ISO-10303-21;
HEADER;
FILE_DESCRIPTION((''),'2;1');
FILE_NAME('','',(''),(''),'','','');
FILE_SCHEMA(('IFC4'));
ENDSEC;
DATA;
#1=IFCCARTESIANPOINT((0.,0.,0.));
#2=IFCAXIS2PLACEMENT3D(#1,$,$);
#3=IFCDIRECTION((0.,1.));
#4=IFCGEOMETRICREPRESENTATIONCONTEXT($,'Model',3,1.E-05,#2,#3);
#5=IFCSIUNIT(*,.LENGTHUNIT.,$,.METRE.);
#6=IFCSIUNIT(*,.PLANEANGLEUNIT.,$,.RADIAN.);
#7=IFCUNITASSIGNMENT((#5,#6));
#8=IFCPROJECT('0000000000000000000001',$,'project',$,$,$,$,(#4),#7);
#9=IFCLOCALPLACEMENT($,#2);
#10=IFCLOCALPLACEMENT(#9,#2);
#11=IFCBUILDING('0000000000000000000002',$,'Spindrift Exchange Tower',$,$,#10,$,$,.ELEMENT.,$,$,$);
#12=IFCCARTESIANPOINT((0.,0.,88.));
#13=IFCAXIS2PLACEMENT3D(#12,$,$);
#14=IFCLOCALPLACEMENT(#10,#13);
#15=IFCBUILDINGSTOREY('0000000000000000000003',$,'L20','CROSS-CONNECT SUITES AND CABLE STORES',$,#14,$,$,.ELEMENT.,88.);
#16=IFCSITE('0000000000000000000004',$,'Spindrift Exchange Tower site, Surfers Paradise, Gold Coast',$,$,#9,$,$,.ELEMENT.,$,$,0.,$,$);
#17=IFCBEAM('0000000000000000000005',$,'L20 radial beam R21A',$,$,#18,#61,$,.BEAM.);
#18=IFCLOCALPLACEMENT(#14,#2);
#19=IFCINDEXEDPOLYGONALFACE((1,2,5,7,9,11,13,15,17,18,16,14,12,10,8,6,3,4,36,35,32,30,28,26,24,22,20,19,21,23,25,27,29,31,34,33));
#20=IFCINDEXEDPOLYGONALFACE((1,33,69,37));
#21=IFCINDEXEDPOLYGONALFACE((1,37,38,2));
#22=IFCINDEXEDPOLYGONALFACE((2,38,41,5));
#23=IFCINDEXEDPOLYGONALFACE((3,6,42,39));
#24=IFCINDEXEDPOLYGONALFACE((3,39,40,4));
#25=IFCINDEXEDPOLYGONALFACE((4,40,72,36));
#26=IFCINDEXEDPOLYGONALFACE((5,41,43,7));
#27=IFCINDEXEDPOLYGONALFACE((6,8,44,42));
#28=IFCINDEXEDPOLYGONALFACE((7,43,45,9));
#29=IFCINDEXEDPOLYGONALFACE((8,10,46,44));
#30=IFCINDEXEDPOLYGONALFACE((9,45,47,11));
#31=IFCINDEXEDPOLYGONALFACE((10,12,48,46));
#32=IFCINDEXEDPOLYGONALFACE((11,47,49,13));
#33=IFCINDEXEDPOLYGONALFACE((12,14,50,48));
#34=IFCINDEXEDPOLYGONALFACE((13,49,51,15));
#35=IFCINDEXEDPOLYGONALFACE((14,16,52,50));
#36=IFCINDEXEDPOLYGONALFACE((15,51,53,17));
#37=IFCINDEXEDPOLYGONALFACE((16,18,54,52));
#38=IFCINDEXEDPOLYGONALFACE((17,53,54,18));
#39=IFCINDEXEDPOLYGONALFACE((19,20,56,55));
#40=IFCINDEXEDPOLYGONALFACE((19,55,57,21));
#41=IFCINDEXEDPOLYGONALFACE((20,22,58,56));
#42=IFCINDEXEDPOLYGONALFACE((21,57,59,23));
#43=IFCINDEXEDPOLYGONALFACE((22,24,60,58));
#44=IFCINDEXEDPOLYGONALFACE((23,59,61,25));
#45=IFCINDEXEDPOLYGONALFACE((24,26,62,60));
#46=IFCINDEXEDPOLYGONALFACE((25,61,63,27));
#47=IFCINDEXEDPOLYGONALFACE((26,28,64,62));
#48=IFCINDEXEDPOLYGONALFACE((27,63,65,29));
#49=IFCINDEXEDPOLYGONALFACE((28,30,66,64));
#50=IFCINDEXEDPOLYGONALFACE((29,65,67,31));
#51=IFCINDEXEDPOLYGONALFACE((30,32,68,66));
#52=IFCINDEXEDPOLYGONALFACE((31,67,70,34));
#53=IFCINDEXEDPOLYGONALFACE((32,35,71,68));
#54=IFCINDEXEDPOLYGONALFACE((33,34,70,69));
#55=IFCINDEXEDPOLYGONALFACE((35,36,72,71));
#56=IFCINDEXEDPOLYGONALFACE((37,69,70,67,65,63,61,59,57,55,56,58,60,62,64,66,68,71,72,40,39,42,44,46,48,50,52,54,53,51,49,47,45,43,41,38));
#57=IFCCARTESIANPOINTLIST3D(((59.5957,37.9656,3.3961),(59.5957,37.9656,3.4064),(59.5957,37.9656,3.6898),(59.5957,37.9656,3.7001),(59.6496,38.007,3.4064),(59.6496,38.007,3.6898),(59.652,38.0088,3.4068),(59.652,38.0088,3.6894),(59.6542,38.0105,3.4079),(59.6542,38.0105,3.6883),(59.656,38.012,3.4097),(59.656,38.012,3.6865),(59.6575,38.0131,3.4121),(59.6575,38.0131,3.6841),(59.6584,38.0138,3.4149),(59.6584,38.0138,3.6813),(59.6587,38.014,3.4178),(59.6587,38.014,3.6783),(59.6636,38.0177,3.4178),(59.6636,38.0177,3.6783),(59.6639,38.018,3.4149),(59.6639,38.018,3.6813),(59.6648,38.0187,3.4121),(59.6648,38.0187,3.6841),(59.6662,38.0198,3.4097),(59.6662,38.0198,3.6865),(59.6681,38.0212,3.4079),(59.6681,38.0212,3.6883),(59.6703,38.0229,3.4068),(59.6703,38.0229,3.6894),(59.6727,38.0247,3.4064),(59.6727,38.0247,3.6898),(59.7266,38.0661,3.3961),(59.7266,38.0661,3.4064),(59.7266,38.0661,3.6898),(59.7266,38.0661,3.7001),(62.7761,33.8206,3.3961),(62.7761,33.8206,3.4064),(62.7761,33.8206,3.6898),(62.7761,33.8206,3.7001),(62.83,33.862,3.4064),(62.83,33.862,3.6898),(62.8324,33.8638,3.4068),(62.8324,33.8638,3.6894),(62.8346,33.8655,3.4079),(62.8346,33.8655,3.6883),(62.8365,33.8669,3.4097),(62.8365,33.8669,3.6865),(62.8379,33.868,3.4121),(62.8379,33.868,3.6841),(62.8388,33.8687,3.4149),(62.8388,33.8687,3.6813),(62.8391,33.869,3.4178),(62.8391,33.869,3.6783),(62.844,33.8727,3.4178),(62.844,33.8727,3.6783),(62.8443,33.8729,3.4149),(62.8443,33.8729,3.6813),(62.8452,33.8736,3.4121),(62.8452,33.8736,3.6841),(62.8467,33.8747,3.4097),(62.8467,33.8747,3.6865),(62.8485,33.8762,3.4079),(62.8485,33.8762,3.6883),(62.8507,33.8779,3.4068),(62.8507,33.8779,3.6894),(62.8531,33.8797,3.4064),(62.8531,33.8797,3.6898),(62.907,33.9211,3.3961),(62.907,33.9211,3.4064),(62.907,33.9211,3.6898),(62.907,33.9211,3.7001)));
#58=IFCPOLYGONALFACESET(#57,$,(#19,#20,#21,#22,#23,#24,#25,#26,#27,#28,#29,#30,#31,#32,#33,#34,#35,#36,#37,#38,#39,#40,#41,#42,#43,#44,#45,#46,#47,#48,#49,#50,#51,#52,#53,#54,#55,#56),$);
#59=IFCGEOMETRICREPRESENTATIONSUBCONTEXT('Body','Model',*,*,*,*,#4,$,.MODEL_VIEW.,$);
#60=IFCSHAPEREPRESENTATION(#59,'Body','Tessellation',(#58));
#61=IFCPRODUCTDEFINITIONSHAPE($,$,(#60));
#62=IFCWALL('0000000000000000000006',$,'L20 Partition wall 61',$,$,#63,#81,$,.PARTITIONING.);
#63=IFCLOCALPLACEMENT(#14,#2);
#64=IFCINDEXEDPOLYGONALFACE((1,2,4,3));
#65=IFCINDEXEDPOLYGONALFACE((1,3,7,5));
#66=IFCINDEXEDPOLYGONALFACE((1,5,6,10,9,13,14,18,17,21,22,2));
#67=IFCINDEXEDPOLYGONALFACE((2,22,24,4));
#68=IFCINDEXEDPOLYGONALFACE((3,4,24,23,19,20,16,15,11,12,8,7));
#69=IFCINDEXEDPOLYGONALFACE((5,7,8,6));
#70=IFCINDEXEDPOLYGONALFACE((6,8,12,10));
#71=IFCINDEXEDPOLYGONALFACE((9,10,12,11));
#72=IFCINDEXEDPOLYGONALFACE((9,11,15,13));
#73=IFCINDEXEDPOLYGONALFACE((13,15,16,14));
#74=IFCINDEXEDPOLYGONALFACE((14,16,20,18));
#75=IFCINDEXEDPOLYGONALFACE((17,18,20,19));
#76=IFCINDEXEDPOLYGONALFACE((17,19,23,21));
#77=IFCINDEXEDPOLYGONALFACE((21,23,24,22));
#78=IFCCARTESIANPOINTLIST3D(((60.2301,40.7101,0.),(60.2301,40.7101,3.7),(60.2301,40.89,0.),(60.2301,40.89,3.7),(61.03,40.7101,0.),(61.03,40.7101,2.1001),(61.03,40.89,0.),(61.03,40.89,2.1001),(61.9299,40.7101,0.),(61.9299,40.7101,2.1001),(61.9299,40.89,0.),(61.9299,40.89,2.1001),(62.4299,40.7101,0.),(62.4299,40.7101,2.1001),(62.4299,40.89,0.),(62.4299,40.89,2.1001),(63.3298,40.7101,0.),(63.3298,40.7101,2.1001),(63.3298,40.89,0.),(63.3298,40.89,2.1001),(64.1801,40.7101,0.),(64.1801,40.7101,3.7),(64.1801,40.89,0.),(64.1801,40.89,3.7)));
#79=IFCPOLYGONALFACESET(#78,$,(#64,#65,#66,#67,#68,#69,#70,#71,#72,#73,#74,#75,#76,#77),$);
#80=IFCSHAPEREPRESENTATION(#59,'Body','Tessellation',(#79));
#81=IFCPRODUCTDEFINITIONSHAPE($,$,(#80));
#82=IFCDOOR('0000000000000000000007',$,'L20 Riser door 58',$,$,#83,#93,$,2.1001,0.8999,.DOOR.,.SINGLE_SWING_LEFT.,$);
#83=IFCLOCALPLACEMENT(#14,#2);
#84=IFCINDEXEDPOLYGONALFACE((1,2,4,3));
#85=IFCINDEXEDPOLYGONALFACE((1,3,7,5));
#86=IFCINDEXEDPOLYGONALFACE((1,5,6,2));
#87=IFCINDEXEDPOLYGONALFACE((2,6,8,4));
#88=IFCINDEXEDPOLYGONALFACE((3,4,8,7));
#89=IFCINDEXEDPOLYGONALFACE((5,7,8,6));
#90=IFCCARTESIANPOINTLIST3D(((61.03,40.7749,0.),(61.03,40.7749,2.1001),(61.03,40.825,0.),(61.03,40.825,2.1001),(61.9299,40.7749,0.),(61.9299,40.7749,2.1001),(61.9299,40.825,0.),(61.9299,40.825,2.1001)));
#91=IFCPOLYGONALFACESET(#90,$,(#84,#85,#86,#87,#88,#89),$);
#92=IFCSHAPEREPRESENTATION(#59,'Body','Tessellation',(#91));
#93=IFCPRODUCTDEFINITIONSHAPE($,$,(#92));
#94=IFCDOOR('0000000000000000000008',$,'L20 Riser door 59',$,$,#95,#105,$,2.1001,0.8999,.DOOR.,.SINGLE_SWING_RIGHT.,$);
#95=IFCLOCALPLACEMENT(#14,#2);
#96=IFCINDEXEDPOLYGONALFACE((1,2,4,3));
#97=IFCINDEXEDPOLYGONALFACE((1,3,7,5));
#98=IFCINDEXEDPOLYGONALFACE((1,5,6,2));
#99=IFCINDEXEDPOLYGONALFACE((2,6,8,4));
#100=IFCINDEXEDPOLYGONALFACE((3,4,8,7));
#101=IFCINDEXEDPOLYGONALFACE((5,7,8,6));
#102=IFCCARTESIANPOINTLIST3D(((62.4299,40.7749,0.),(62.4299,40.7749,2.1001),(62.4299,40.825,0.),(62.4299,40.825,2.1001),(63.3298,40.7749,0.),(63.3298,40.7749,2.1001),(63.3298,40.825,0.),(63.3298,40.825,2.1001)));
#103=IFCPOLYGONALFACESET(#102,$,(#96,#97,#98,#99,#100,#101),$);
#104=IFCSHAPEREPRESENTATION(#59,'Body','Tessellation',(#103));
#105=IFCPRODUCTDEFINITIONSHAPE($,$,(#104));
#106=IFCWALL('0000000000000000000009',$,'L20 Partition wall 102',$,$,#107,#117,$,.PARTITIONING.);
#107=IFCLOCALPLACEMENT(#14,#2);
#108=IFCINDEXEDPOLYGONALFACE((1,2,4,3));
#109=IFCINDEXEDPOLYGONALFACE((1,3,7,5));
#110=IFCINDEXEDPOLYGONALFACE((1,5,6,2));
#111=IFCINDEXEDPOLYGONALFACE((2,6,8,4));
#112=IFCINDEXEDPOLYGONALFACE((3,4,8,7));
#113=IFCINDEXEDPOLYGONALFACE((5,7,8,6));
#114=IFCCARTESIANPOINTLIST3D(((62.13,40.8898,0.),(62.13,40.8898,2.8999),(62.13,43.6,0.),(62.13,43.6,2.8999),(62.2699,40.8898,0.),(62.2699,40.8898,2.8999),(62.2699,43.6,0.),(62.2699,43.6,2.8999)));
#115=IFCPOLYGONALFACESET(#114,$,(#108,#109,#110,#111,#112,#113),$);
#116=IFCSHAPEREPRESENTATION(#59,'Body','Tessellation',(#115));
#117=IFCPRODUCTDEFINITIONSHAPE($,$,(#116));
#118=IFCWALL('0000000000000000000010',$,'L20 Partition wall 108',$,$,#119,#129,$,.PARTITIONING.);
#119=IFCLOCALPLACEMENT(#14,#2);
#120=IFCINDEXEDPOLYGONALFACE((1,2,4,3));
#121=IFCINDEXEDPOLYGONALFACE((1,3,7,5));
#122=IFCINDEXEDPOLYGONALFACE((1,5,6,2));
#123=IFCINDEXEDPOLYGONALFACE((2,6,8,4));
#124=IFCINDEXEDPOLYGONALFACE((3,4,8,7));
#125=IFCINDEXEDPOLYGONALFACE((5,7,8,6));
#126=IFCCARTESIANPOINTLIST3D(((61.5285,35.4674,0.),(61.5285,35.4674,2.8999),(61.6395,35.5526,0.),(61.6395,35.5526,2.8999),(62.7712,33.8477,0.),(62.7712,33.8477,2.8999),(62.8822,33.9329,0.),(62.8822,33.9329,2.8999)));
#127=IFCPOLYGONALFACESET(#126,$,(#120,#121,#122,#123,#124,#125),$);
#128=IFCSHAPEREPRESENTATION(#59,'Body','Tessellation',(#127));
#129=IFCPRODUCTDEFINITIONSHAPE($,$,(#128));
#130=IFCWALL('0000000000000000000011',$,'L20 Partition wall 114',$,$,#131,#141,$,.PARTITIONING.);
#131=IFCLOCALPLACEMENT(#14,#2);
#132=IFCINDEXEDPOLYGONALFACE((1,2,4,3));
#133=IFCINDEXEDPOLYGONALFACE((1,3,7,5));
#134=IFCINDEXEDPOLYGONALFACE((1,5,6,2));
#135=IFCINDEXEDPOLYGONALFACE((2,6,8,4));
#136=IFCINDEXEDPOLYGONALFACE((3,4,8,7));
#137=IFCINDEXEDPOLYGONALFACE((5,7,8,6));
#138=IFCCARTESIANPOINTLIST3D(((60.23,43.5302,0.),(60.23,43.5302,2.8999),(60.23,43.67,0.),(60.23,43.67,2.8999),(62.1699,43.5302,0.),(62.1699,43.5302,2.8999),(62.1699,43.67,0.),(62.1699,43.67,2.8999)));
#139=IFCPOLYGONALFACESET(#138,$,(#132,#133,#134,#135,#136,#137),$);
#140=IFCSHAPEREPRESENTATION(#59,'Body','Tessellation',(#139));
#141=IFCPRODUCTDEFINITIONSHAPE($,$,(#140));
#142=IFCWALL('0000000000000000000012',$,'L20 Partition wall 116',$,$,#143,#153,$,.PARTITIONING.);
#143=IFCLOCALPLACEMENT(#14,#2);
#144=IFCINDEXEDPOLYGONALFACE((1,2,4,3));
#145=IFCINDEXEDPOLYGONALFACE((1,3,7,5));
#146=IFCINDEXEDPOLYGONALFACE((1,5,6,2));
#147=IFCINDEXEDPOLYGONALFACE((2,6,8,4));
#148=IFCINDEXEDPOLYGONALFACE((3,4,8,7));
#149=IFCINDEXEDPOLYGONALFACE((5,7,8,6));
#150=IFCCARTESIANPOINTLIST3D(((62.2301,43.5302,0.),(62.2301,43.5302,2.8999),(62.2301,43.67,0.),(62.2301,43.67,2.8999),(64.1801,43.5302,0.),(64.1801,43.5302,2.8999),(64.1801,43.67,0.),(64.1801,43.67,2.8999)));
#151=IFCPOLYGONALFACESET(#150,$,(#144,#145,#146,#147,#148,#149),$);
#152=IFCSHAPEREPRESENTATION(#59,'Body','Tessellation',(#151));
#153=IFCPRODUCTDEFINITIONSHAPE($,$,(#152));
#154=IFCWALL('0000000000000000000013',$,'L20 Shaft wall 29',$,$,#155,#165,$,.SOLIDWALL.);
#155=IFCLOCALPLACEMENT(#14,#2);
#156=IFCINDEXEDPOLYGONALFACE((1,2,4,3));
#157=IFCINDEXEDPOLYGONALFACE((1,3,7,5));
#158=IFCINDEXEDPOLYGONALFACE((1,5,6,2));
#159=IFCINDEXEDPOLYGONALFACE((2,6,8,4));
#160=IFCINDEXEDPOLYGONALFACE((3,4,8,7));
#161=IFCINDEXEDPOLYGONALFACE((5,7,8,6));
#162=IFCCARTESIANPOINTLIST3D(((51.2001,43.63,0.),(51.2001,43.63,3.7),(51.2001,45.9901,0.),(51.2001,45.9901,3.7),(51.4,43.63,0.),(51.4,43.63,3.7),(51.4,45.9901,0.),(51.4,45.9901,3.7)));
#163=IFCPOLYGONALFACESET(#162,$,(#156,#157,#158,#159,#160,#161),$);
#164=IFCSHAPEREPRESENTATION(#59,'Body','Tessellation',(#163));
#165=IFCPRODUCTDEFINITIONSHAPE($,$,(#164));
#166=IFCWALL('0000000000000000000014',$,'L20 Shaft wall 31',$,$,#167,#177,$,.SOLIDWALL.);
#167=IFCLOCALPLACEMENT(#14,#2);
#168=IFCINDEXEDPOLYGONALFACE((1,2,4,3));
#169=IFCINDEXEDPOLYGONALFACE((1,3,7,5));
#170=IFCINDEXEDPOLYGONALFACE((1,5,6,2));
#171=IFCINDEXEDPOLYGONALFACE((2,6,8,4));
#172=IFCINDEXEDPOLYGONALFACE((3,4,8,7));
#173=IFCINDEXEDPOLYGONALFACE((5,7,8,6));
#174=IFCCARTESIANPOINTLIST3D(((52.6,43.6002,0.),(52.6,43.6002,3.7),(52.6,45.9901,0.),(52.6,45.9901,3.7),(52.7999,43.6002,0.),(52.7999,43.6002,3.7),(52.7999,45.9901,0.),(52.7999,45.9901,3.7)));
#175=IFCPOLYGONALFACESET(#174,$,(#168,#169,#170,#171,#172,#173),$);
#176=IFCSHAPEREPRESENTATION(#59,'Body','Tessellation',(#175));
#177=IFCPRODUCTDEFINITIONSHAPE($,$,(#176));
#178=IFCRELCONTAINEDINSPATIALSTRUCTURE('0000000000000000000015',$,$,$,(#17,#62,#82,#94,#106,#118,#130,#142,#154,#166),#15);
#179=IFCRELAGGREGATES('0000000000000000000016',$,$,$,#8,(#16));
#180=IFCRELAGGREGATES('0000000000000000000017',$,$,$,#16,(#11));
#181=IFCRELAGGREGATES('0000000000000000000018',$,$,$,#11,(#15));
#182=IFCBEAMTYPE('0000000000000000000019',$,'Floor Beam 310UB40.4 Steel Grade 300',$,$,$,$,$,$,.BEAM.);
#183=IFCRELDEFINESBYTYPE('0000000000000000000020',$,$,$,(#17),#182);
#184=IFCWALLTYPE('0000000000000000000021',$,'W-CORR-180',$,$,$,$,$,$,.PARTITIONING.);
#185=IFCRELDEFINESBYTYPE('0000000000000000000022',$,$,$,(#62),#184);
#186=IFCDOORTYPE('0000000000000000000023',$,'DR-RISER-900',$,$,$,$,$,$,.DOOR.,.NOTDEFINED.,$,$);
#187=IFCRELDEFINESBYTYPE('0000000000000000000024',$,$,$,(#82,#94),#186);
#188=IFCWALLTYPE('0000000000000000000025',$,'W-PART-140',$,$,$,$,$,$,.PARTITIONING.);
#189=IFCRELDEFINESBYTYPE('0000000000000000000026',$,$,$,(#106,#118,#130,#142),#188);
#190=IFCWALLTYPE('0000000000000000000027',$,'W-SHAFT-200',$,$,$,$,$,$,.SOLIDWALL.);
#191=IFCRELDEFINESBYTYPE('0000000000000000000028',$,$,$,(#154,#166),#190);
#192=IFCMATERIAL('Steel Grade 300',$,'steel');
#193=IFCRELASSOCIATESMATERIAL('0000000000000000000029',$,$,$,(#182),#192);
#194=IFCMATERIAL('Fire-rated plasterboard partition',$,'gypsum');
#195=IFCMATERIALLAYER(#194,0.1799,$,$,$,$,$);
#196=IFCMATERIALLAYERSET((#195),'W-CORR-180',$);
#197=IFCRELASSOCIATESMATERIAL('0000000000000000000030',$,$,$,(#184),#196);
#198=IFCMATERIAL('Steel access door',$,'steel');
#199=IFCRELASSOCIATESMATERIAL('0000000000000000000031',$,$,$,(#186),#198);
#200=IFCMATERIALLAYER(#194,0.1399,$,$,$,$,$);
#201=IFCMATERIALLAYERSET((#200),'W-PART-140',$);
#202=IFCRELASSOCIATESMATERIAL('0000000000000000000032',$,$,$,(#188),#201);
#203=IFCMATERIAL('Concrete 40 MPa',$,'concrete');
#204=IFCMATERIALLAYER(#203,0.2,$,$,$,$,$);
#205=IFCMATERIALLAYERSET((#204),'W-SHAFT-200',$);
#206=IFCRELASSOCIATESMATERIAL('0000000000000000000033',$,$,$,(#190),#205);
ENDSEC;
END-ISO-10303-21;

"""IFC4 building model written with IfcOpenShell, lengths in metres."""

from ifc_helpers import new_model, si_unit, direction, frame, frame_2d, origin, origin_2d, place, context, subcontext, project, spatial, rectangle, i_section, extrude, source, transform, mapped, material, layer, layer_set, material_profile, profile_set, type_object, element, fill, save


model = new_model("IFC4")

# Units and contexts
model_context = context("Model", 3, precision=1e-05, world=origin(), true_north=direction((0.0, 1.0)))
body_context = subcontext(model_context, "Body", "Model", "MODEL_VIEW")
ifc_project = project(units=[si_unit("LENGTHUNIT", "METRE"), si_unit("PLANEANGLEUNIT", "RADIAN")], contexts=[model_context])

# Site, building, storey
site_placement = place(None, origin())
site = spatial("IfcSite", under=ifc_project, at=site_placement, Name="Spindrift Exchange Tower site, Surfers Paradise, Gold Coast", CompositionType="ELEMENT", RefElevation=0.0)
building_placement = place(site_placement, origin())
building = spatial("IfcBuilding", under=site, at=building_placement, Name="Spindrift Exchange Tower", CompositionType="ELEMENT")
storey_placement = place(building_placement, frame((0.0, 0.0, 88.0)))
storey = spatial("IfcBuildingStorey", under=building, at=storey_placement, Name="L20", Description="CROSS-CONNECT SUITES AND CABLE STORES", CompositionType="ELEMENT", Elevation=88.0)

# Beam
ifc_material_1 = material(Name="Steel Grade 300", Category="steel")
ifc_material_profile_1 = material_profile(ifc_material_1, i_section(OverallWidth=0.165, OverallDepth=0.304, WebThickness=0.0061, FlangeThickness=0.0103, FilletRadius=0.0115, at=origin_2d()), Name="310UB40.4")
ifc_profile_set_1 = profile_set([ifc_material_profile_1], Name="Steel Grade 300")
beam_type_1 = type_object("IfcBeamType", Name="Floor Beam 310UB40.4 Steel Grade 300", PredefinedType="BEAM", material=ifc_profile_set_1)
shared_shape_1 = source(origin(), body_context, "Body", "SweptSolid", [
    extrude(i_section(OverallWidth=0.165, OverallDepth=0.304, WebThickness=0.0061, FlangeThickness=0.0103, FilletRadius=0.0115, at=origin_2d()), origin(), (0.0, 0.0, 1.0), 5.2246),
])
beam_1_placement = place(storey_placement, frame((59.6611, 38.0159, 3.5481), z_axis=(0.608741, -0.793369, 0.0), x_axis=(0.793369, 0.608741, 0.0)))
element("IfcBeam", 1, at=beam_1_placement, inside=storey, type_object=beam_type_1, Name="L20 radial beam R21A", PredefinedType="BEAM", context=body_context, shape_type="MappedRepresentation", body=[
    mapped(shared_shape_1, transform((0.0, 0.0, 0.0), scale=1.0)),
])

# Wall, openings, doors
ifc_material_2 = material(Name="Fire-rated plasterboard partition", Category="gypsum")
ifc_layer_1 = layer(ifc_material_2, 0.1799)
ifc_layer_set_1 = layer_set([ifc_layer_1], Name="W-CORR-180")
wall_type_1 = type_object("IfcWallType", Name="W-CORR-180", PredefinedType="PARTITIONING", material=ifc_layer_set_1)
wall_1_placement = place(storey_placement, frame((60.23, 40.8, 0.0), z_axis=(0.0, 0.0, 1.0), x_axis=(1.0, 0.0, 0.0)))
wall_1 = element("IfcWall", 2, at=wall_1_placement, inside=storey, type_object=wall_type_1, Name="L20 Partition wall 61", PredefinedType="PARTITIONING", context=body_context, shape_type="SweptSolid", body=[
    extrude(rectangle(XDim=3.95, YDim=0.1799, at=frame_2d((1.9751, 0.0))), origin(), (0.0, 0.0, 1.0), 3.7),
])
opening_1_placement = place(wall_1_placement, frame((0.8, 0.0, 0.0)))
opening_1 = element("IfcOpeningElement", 3, at=opening_1_placement, cuts=wall_1, PredefinedType="OPENING", context=body_context, shape_type="SweptSolid", body=[
    extrude(rectangle(XDim=0.8999, YDim=2.1001, at=frame_2d((0.45, 1.05))), frame((0.0, 0.0999, 0.0), z_axis=(0.0, -1.0, 0.0), x_axis=(1.0, 0.0, 0.0)), (0.0, 0.0, 1.0), 0.2),
])
opening_2_placement = place(wall_1_placement, frame((2.2, 0.0, 0.0)))
opening_2 = element("IfcOpeningElement", 4, at=opening_2_placement, cuts=wall_1, PredefinedType="OPENING", context=body_context, shape_type="SweptSolid", body=[
    extrude(rectangle(XDim=0.8999, YDim=2.1001, at=frame_2d((0.45, 1.05))), frame((0.0, 0.0999, 0.0), z_axis=(0.0, -1.0, 0.0), x_axis=(1.0, 0.0, 0.0)), (0.0, 0.0, 1.0), 0.2),
])
ifc_material_3 = material(Name="Steel access door", Category="steel")
door_type_1 = type_object("IfcDoorType", Name="DR-RISER-900", OperationType="NOTDEFINED", PredefinedType="DOOR", material=ifc_material_3)
shared_shape_2 = source(origin(), body_context, "Body", "SweptSolid", [
    extrude(rectangle(XDim=0.8999, YDim=2.1001, at=frame_2d((0.45, 1.05))), frame((0.0, 0.0249, 0.0), z_axis=(0.0, -1.0, 0.0), x_axis=(1.0, 0.0, 0.0)), (0.0, 0.0, 1.0), 0.05),
])
door_1_placement = place(opening_1_placement, origin())
door_1 = element("IfcDoor", 5, at=door_1_placement, inside=storey, type_object=door_type_1, Name="L20 Riser door 58", OperationType="SINGLE_SWING_LEFT", OverallHeight=2.1001, OverallWidth=0.8999, PredefinedType="DOOR", context=body_context, shape_type="MappedRepresentation", body=[
    mapped(shared_shape_2, transform((0.0, 0.0, 0.0), scale=1.0)),
])
fill(opening_1, door_1)
door_2_placement = place(opening_2_placement, origin())
door_2 = element("IfcDoor", 6, at=door_2_placement, inside=storey, type_object=door_type_1, Name="L20 Riser door 59", OperationType="SINGLE_SWING_RIGHT", OverallHeight=2.1001, OverallWidth=0.8999, PredefinedType="DOOR", context=body_context, shape_type="MappedRepresentation", body=[
    mapped(shared_shape_2, transform((0.0, 0.0, 0.0), scale=1.0)),
])
fill(opening_2, door_2)

# Walls
ifc_layer_2 = layer(ifc_material_2, 0.1399)
ifc_layer_set_2 = layer_set([ifc_layer_2], Name="W-PART-140")
wall_type_2 = type_object("IfcWallType", Name="W-PART-140", PredefinedType="PARTITIONING", material=ifc_layer_set_2)
wall_2_placement = place(storey_placement, frame((62.2, 40.8899, 0.0), z_axis=(0.0, 0.0, 1.0), x_axis=(0.0, 1.0, 0.0)))
element("IfcWall", 7, at=wall_2_placement, inside=storey, type_object=wall_type_2, Name="L20 Partition wall 102", PredefinedType="PARTITIONING", context=body_context, shape_type="SweptSolid", body=[
    extrude(rectangle(XDim=2.7102, YDim=0.1399, at=frame_2d((1.355, 0.0))), origin(), (0.0, 0.0, 1.0), 2.8999),
])
wall_3_placement = place(storey_placement, frame((61.584, 35.51, 0.0), z_axis=(0.0, 0.0, 1.0), x_axis=(0.608728, -0.793379, 0.0)))
element("IfcWall", 8, at=wall_3_placement, inside=storey, type_object=wall_type_2, Name="L20 Partition wall 108", PredefinedType="PARTITIONING", context=body_context, shape_type="SweptSolid", body=[
    extrude(rectangle(XDim=2.0415, YDim=0.1399, at=frame_2d((1.0208, 0.0))), origin(), (0.0, 0.0, 1.0), 2.8999),
])
wall_4_placement = place(storey_placement, frame((60.23, 43.6001, 0.0), z_axis=(0.0, 0.0, 1.0), x_axis=(1.0, 0.0, 0.0)))
element("IfcWall", 9, at=wall_4_placement, inside=storey, type_object=wall_type_2, Name="L20 Partition wall 114", PredefinedType="PARTITIONING", context=body_context, shape_type="SweptSolid", body=[
    extrude(rectangle(XDim=1.9399, YDim=0.1399, at=frame_2d((0.97, 0.0))), origin(), (0.0, 0.0, 1.0), 2.8999),
])
wall_5_placement = place(storey_placement, frame((62.23, 43.6001, 0.0), z_axis=(0.0, 0.0, 1.0), x_axis=(1.0, 0.0, 0.0)))
element("IfcWall", 10, at=wall_5_placement, inside=storey, type_object=wall_type_2, Name="L20 Partition wall 116", PredefinedType="PARTITIONING", context=body_context, shape_type="SweptSolid", body=[
    extrude(rectangle(XDim=1.95, YDim=0.1399, at=frame_2d((0.9751, 0.0))), origin(), (0.0, 0.0, 1.0), 2.8999),
])
ifc_material_4 = material(Name="Concrete 40 MPa", Category="concrete")
ifc_layer_3 = layer(ifc_material_4, 0.2)
ifc_layer_set_3 = layer_set([ifc_layer_3], Name="W-SHAFT-200")
wall_type_3 = type_object("IfcWallType", Name="W-SHAFT-200", PredefinedType="SOLIDWALL", material=ifc_layer_set_3)
wall_6_placement = place(storey_placement, frame((51.3, 43.6299, 0.0), z_axis=(0.0, 0.0, 1.0), x_axis=(0.0, 1.0, 0.0)))
element("IfcWall", 11, at=wall_6_placement, inside=storey, type_object=wall_type_3, Name="L20 Shaft wall 29", PredefinedType="SOLIDWALL", context=body_context, shape_type="SweptSolid", body=[
    extrude(rectangle(XDim=2.3601, YDim=0.2, at=frame_2d((1.1802, 0.0))), origin(), (0.0, 0.0, 1.0), 3.7),
])
wall_7_placement = place(storey_placement, frame((52.7, 45.99, 0.0), z_axis=(0.0, 0.0, 1.0), x_axis=(0.0, -1.0, 0.0)))
element("IfcWall", 12, at=wall_7_placement, inside=storey, type_object=wall_type_3, Name="L20 Shaft wall 31", PredefinedType="SOLIDWALL", context=body_context, shape_type="SweptSolid", body=[
    extrude(rectangle(XDim=2.3899, YDim=0.2, at=frame_2d((1.1948, 0.0))), origin(), (0.0, 0.0, 1.0), 3.7),
])

save(model, "model.ifc")
